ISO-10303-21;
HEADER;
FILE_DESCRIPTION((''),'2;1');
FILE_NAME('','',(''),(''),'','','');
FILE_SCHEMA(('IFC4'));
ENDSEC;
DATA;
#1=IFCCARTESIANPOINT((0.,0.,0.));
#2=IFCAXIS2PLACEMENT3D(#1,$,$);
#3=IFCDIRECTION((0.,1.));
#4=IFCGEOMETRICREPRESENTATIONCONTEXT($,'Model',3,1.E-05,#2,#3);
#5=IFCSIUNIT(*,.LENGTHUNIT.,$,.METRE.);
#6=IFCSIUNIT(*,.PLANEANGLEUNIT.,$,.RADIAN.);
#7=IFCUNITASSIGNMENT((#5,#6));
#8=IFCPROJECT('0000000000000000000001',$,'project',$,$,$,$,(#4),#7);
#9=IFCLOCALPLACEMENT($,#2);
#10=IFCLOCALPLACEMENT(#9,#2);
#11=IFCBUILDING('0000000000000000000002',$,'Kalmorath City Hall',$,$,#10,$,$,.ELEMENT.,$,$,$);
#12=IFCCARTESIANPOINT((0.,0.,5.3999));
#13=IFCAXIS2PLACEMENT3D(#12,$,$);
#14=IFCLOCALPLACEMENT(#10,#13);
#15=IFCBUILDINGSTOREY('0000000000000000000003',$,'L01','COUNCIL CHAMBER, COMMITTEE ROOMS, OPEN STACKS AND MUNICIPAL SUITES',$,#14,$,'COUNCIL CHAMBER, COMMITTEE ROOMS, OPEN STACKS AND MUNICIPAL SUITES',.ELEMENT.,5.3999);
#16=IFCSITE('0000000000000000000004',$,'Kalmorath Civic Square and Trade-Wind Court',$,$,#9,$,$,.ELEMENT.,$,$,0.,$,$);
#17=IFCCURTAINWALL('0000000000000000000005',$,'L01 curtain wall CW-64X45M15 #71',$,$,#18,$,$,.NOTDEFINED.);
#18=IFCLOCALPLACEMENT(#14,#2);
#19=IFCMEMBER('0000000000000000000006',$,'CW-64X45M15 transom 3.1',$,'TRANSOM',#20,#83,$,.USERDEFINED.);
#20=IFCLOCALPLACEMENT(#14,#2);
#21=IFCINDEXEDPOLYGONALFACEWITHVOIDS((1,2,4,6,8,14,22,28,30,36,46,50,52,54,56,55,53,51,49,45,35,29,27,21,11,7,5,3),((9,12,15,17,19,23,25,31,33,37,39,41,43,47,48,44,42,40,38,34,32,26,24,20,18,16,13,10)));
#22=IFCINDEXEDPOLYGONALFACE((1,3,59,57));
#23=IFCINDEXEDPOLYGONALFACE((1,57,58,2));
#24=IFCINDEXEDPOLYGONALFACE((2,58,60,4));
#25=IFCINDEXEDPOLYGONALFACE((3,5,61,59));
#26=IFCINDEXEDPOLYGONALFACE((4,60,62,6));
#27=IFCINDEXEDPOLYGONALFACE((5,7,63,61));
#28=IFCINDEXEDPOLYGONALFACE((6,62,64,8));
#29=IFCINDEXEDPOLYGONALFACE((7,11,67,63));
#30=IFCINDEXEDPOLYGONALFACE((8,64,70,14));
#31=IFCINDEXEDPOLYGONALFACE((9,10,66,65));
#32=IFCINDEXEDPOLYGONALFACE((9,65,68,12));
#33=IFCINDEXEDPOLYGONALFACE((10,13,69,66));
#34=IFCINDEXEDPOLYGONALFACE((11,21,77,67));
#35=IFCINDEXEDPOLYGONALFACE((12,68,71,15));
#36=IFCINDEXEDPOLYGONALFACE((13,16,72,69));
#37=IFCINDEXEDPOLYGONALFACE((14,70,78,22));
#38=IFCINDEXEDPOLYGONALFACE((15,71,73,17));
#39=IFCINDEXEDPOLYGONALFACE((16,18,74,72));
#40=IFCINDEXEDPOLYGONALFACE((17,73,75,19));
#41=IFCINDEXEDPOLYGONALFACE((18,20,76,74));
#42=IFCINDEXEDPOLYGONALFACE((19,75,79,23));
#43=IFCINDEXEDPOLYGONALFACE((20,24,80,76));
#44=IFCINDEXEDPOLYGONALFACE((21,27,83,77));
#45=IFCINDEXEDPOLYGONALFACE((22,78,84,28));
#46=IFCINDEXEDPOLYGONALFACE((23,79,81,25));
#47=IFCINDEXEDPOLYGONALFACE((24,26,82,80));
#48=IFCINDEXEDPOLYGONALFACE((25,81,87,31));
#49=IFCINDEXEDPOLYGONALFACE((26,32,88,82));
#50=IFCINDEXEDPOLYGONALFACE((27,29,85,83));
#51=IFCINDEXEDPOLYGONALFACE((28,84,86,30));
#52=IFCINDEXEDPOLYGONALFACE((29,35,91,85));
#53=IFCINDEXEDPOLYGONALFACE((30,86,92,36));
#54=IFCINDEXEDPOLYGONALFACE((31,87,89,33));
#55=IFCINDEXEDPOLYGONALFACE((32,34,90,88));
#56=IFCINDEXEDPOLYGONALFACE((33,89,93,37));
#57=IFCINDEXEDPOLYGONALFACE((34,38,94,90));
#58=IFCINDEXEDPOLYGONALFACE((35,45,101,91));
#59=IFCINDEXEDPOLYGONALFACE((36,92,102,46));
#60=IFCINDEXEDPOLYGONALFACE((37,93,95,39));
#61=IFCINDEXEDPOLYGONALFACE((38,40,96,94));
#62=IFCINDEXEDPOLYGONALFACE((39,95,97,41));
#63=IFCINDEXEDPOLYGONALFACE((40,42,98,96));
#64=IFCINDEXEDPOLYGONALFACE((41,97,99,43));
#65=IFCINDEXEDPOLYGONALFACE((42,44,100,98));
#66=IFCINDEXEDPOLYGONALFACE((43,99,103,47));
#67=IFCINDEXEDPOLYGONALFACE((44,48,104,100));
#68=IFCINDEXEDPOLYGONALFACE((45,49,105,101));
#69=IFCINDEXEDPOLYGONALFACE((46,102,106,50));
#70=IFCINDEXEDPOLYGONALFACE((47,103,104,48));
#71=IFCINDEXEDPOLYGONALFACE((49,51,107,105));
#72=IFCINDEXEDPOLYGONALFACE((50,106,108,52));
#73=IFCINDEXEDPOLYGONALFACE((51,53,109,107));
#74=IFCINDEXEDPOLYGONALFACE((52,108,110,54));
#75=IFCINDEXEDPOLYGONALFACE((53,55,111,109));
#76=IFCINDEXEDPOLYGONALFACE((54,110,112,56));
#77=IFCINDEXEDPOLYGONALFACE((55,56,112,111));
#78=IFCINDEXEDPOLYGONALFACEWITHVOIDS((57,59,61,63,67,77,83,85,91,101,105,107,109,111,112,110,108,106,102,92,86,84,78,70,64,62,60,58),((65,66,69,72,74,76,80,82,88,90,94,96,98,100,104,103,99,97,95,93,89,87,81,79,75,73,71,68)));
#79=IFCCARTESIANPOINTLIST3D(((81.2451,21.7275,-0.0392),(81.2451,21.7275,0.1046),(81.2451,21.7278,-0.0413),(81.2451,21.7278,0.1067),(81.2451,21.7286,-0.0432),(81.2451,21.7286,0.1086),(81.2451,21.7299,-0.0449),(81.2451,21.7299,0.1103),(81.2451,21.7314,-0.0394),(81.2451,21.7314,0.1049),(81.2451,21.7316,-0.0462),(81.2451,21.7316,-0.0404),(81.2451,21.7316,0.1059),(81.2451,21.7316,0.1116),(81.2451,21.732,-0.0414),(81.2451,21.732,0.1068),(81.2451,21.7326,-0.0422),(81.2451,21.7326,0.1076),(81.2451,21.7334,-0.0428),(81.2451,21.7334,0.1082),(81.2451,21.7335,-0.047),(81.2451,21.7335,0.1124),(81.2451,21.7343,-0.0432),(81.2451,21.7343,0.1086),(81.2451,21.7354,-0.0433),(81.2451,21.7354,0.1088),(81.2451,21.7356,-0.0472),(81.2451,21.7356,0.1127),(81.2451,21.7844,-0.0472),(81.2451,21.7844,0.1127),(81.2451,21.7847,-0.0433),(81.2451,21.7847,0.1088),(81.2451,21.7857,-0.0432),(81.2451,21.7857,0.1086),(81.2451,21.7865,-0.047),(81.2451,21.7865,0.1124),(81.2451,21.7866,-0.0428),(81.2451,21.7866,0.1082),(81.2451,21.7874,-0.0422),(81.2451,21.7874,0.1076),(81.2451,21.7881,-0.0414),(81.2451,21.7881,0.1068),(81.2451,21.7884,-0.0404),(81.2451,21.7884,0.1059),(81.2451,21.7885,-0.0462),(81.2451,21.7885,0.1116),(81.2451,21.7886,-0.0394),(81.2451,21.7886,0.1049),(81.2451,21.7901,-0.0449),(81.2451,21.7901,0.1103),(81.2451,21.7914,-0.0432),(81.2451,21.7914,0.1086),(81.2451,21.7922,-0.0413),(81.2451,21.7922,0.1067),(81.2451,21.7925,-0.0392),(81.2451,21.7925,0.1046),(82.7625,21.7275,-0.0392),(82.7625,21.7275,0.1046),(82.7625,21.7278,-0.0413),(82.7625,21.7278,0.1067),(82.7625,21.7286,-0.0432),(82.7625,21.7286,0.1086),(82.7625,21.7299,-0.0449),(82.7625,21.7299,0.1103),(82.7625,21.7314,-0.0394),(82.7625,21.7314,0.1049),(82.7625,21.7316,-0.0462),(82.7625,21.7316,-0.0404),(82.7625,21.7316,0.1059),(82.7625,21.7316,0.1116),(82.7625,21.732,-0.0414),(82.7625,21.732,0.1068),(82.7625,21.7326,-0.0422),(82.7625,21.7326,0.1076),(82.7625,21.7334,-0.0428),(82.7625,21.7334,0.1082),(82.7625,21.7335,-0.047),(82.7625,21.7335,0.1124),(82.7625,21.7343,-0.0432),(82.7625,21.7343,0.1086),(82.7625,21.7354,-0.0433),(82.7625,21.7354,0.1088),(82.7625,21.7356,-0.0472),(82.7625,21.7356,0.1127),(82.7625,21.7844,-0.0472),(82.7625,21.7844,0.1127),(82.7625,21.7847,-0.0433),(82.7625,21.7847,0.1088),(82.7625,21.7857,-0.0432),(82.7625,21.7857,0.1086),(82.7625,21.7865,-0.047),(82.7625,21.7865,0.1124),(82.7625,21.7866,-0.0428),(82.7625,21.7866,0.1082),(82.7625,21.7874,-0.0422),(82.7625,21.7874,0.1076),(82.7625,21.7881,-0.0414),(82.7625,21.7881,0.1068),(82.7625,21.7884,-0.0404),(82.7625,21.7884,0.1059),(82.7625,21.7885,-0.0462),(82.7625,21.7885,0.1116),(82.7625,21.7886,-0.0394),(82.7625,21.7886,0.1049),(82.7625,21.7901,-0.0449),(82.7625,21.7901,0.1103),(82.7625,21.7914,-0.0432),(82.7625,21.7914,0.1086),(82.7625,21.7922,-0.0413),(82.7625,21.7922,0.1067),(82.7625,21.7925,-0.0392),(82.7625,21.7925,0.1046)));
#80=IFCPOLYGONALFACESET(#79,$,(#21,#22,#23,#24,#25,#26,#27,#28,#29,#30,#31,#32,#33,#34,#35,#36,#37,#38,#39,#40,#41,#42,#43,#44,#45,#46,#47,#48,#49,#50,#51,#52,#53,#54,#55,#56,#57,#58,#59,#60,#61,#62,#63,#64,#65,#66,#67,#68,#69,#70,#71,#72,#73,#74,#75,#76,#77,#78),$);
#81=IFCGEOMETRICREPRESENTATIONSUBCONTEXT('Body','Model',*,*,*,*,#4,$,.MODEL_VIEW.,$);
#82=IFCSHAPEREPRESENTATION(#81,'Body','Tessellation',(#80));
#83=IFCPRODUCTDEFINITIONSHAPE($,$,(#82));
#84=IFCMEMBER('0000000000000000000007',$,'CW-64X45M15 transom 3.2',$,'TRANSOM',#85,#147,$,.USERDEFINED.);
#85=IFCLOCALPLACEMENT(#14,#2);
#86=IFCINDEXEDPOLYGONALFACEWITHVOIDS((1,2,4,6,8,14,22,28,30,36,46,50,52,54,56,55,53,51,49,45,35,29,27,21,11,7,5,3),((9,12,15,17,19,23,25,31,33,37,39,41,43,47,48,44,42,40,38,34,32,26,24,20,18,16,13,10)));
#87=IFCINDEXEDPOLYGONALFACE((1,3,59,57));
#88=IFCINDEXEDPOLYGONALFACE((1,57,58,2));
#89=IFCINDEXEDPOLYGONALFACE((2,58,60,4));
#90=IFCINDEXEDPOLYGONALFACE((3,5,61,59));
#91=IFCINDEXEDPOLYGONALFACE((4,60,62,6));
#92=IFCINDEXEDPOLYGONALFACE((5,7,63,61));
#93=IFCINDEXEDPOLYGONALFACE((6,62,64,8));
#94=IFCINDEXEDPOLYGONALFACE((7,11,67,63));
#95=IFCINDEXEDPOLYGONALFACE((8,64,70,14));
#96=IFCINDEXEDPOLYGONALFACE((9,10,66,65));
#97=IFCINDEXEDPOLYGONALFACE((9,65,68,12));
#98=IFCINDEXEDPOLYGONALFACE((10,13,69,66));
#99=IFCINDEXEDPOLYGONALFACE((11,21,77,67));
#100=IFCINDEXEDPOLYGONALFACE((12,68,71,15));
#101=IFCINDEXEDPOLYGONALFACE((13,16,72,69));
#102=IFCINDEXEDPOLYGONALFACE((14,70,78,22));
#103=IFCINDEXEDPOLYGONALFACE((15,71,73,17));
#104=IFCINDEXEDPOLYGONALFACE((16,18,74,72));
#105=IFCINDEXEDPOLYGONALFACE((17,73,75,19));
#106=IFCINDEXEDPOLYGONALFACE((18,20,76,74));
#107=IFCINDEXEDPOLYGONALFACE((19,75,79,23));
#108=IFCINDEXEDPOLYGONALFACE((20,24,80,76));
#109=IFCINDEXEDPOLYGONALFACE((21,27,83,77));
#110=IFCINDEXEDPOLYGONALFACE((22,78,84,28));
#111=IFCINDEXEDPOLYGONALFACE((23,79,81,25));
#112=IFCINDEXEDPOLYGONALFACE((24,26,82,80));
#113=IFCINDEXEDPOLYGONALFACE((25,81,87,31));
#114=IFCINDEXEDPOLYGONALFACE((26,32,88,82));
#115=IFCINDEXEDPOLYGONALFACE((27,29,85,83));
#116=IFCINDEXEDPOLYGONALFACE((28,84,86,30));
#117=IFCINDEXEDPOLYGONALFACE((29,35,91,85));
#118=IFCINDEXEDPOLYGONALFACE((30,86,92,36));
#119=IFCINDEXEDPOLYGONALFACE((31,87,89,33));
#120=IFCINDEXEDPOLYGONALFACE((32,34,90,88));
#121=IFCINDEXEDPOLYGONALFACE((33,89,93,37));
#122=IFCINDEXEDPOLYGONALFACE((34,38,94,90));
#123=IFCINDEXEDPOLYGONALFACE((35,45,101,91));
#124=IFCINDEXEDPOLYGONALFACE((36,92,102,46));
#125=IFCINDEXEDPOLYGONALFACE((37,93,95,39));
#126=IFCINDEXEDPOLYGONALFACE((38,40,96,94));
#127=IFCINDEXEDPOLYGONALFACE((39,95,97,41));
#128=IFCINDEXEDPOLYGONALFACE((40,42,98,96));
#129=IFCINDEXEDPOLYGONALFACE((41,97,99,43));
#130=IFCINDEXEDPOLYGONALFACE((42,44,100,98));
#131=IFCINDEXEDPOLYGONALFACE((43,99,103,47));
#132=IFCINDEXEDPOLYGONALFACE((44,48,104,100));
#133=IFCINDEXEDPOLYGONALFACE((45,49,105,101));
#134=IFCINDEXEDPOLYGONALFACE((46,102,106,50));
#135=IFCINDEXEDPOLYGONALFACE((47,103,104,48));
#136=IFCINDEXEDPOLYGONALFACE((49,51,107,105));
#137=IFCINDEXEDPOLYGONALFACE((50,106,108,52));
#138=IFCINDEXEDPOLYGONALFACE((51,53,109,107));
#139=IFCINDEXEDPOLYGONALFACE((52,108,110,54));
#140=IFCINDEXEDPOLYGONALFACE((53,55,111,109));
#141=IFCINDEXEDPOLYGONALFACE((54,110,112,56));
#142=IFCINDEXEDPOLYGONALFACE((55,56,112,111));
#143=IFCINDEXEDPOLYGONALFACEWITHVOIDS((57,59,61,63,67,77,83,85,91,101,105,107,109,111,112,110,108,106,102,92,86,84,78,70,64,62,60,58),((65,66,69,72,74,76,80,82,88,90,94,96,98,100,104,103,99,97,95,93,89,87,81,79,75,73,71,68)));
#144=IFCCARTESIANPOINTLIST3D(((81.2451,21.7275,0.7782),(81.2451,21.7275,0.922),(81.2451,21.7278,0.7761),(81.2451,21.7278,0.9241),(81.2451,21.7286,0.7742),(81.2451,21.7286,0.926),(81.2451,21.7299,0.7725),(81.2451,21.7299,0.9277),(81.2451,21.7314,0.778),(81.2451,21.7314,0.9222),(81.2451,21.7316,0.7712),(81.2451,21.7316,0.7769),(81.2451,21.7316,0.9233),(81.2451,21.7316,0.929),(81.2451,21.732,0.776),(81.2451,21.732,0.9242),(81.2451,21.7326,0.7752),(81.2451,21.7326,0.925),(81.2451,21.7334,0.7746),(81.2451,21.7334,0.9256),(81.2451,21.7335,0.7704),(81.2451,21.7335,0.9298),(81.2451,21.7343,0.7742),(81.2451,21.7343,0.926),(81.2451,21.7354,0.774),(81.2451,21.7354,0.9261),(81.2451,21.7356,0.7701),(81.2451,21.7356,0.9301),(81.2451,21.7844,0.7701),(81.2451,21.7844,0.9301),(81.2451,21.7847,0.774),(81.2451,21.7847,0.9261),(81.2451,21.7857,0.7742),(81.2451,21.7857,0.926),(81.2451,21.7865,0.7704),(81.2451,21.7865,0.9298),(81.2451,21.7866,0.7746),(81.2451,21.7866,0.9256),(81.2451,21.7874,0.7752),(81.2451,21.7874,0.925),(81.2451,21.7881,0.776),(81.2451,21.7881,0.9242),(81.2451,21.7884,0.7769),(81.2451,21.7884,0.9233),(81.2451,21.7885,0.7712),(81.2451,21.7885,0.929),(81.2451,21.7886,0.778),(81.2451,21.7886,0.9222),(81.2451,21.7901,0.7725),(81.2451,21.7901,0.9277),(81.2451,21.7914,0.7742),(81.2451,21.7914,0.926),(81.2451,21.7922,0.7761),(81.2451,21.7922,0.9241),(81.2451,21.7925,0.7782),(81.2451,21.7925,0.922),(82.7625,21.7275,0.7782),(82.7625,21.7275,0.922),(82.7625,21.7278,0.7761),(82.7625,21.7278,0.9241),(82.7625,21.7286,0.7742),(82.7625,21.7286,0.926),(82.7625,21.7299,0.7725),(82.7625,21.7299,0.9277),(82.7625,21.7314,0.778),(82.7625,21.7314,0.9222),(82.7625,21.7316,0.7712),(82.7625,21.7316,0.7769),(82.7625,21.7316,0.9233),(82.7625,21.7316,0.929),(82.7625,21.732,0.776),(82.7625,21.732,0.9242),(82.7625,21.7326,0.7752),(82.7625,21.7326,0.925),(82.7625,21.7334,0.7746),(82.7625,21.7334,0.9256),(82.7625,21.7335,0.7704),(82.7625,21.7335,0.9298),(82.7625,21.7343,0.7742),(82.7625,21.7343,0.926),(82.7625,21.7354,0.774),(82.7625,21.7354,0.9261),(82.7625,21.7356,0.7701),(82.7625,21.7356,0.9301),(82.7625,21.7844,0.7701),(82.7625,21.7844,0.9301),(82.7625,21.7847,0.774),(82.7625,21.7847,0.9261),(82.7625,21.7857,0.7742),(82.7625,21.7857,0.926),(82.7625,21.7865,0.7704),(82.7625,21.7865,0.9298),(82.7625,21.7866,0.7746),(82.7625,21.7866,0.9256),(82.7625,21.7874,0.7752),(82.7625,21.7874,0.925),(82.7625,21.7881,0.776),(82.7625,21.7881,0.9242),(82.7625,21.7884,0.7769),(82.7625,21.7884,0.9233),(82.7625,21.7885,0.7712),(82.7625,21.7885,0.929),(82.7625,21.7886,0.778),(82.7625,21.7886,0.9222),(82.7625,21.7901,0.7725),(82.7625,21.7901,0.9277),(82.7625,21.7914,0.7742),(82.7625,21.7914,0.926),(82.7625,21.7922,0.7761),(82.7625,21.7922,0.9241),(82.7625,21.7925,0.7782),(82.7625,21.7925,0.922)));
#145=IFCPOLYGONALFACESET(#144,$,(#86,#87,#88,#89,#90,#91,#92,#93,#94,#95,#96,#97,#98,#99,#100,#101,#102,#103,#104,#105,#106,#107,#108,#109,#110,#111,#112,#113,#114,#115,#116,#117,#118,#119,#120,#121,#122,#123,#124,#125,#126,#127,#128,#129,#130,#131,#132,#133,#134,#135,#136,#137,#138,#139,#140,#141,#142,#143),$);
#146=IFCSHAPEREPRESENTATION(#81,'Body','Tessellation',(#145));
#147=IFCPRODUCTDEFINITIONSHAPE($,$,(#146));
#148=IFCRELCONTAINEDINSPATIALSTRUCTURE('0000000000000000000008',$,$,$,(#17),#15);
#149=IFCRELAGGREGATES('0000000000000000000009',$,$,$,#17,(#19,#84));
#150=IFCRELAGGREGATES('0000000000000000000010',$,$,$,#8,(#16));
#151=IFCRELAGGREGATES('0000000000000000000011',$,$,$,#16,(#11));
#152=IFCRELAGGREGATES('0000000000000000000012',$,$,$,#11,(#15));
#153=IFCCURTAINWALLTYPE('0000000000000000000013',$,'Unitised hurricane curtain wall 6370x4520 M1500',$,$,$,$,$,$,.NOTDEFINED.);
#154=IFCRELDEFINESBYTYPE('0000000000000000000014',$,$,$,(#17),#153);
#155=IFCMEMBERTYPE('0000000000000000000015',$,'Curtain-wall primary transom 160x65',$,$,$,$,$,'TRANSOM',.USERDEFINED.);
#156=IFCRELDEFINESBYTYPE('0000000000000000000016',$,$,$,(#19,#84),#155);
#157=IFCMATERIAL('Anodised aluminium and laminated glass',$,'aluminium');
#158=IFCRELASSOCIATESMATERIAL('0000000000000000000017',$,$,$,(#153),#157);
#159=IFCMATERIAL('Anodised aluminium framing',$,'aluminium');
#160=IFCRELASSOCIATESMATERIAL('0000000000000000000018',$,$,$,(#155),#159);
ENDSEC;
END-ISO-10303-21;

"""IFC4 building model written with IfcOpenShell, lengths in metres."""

from ifc_helpers import new_model, si_unit, direction, frame, origin, origin_2d, place, context, subcontext, project, spatial, hollow_rectangle, extrude, material, material_profile, profile_set, type_object, element, aggregate, save


model = new_model("IFC4")

# Units and contexts
model_context = context("Model", 3, precision=1e-05, world=origin(), true_north=direction((0.0, 1.0)))
body_context = subcontext(model_context, "Body", "Model", "MODEL_VIEW")
ifc_project = project(units=[si_unit("LENGTHUNIT", "METRE"), si_unit("PLANEANGLEUNIT", "RADIAN")], contexts=[model_context])

# Site, building, storey
site_placement = place(None, origin())
site = spatial("IfcSite", under=ifc_project, at=site_placement, Name="Kalmorath Civic Square and Trade-Wind Court", CompositionType="ELEMENT", RefElevation=0.0)
building_placement = place(site_placement, origin())
building = spatial("IfcBuilding", under=site, at=building_placement, Name="Kalmorath City Hall", CompositionType="ELEMENT")
storey_placement = place(building_placement, frame((0.0, 0.0, 5.3999)))
storey = spatial("IfcBuildingStorey", under=building, at=storey_placement, Name="L01", Description="COUNCIL CHAMBER, COMMITTEE ROOMS, OPEN STACKS AND MUNICIPAL SUITES", LongName="COUNCIL CHAMBER, COMMITTEE ROOMS, OPEN STACKS AND MUNICIPAL SUITES", CompositionType="ELEMENT", Elevation=5.3999)

# Curtain wall, members
ifc_material_1 = material(Name="Anodised aluminium and laminated glass", Category="aluminium")
curtain_wall_type = type_object("IfcCurtainWallType", Name="Unitised hurricane curtain wall 6370x4520 M1500", PredefinedType="NOTDEFINED", material=ifc_material_1)
curtain_wall_placement = place(storey_placement, origin())
curtain_wall = element("IfcCurtainWall", 1, at=curtain_wall_placement, inside=storey, type_object=curtain_wall_type, Name="L01 curtain wall CW-64X45M15 #71", PredefinedType="NOTDEFINED")
ifc_material_2 = material(Name="Anodised aluminium framing", Category="aluminium")
ifc_material_profile_1 = material_profile(ifc_material_2, hollow_rectangle(XDim=0.0649, YDim=0.1599, WallThickness=0.0039, InnerFilletRadius=0.0039, OuterFilletRadius=0.0081, at=origin_2d()), Name="ALU-TRN-160X65X4")
ifc_profile_set_1 = profile_set([ifc_material_profile_1], Name="Anodised aluminium framing")
member_type_1 = type_object("IfcMemberType", Name="Curtain-wall primary transom 160x65", ElementType="TRANSOM", PredefinedType="USERDEFINED", material=ifc_profile_set_1)
member_1_placement = place(storey_placement, frame((82.7625, 21.76, 0.0327), z_axis=(-1.0, 0.0, 0.0), x_axis=(0.0, -1.0, 0.0)))
member_1 = element("IfcMember", 2, at=member_1_placement, type_object=member_type_1, Name="CW-64X45M15 transom 3.1", ObjectType="TRANSOM", PredefinedType="USERDEFINED", context=body_context, shape_type="SweptSolid", body=[
    extrude(hollow_rectangle(XDim=0.0649, YDim=0.1599, WallThickness=0.0039, InnerFilletRadius=0.0039, OuterFilletRadius=0.0081, at=origin_2d()), origin(), (0.0, 0.0, 1.0), 1.5173),
])
member_2_placement = place(storey_placement, frame((82.7625, 21.76, 0.8501), z_axis=(-1.0, 0.0, 0.0), x_axis=(0.0, -1.0, 0.0)))
member_2 = element("IfcMember", 3, at=member_2_placement, type_object=member_type_1, Name="CW-64X45M15 transom 3.2", ObjectType="TRANSOM", PredefinedType="USERDEFINED", context=body_context, shape_type="SweptSolid", body=[
    extrude(hollow_rectangle(XDim=0.0649, YDim=0.1599, WallThickness=0.0039, InnerFilletRadius=0.0039, OuterFilletRadius=0.0081, at=origin_2d()), origin(), (0.0, 0.0, 1.0), 1.5173),
])

aggregate(curtain_wall, [member_1, member_2])

save(model, "model.ifc")
